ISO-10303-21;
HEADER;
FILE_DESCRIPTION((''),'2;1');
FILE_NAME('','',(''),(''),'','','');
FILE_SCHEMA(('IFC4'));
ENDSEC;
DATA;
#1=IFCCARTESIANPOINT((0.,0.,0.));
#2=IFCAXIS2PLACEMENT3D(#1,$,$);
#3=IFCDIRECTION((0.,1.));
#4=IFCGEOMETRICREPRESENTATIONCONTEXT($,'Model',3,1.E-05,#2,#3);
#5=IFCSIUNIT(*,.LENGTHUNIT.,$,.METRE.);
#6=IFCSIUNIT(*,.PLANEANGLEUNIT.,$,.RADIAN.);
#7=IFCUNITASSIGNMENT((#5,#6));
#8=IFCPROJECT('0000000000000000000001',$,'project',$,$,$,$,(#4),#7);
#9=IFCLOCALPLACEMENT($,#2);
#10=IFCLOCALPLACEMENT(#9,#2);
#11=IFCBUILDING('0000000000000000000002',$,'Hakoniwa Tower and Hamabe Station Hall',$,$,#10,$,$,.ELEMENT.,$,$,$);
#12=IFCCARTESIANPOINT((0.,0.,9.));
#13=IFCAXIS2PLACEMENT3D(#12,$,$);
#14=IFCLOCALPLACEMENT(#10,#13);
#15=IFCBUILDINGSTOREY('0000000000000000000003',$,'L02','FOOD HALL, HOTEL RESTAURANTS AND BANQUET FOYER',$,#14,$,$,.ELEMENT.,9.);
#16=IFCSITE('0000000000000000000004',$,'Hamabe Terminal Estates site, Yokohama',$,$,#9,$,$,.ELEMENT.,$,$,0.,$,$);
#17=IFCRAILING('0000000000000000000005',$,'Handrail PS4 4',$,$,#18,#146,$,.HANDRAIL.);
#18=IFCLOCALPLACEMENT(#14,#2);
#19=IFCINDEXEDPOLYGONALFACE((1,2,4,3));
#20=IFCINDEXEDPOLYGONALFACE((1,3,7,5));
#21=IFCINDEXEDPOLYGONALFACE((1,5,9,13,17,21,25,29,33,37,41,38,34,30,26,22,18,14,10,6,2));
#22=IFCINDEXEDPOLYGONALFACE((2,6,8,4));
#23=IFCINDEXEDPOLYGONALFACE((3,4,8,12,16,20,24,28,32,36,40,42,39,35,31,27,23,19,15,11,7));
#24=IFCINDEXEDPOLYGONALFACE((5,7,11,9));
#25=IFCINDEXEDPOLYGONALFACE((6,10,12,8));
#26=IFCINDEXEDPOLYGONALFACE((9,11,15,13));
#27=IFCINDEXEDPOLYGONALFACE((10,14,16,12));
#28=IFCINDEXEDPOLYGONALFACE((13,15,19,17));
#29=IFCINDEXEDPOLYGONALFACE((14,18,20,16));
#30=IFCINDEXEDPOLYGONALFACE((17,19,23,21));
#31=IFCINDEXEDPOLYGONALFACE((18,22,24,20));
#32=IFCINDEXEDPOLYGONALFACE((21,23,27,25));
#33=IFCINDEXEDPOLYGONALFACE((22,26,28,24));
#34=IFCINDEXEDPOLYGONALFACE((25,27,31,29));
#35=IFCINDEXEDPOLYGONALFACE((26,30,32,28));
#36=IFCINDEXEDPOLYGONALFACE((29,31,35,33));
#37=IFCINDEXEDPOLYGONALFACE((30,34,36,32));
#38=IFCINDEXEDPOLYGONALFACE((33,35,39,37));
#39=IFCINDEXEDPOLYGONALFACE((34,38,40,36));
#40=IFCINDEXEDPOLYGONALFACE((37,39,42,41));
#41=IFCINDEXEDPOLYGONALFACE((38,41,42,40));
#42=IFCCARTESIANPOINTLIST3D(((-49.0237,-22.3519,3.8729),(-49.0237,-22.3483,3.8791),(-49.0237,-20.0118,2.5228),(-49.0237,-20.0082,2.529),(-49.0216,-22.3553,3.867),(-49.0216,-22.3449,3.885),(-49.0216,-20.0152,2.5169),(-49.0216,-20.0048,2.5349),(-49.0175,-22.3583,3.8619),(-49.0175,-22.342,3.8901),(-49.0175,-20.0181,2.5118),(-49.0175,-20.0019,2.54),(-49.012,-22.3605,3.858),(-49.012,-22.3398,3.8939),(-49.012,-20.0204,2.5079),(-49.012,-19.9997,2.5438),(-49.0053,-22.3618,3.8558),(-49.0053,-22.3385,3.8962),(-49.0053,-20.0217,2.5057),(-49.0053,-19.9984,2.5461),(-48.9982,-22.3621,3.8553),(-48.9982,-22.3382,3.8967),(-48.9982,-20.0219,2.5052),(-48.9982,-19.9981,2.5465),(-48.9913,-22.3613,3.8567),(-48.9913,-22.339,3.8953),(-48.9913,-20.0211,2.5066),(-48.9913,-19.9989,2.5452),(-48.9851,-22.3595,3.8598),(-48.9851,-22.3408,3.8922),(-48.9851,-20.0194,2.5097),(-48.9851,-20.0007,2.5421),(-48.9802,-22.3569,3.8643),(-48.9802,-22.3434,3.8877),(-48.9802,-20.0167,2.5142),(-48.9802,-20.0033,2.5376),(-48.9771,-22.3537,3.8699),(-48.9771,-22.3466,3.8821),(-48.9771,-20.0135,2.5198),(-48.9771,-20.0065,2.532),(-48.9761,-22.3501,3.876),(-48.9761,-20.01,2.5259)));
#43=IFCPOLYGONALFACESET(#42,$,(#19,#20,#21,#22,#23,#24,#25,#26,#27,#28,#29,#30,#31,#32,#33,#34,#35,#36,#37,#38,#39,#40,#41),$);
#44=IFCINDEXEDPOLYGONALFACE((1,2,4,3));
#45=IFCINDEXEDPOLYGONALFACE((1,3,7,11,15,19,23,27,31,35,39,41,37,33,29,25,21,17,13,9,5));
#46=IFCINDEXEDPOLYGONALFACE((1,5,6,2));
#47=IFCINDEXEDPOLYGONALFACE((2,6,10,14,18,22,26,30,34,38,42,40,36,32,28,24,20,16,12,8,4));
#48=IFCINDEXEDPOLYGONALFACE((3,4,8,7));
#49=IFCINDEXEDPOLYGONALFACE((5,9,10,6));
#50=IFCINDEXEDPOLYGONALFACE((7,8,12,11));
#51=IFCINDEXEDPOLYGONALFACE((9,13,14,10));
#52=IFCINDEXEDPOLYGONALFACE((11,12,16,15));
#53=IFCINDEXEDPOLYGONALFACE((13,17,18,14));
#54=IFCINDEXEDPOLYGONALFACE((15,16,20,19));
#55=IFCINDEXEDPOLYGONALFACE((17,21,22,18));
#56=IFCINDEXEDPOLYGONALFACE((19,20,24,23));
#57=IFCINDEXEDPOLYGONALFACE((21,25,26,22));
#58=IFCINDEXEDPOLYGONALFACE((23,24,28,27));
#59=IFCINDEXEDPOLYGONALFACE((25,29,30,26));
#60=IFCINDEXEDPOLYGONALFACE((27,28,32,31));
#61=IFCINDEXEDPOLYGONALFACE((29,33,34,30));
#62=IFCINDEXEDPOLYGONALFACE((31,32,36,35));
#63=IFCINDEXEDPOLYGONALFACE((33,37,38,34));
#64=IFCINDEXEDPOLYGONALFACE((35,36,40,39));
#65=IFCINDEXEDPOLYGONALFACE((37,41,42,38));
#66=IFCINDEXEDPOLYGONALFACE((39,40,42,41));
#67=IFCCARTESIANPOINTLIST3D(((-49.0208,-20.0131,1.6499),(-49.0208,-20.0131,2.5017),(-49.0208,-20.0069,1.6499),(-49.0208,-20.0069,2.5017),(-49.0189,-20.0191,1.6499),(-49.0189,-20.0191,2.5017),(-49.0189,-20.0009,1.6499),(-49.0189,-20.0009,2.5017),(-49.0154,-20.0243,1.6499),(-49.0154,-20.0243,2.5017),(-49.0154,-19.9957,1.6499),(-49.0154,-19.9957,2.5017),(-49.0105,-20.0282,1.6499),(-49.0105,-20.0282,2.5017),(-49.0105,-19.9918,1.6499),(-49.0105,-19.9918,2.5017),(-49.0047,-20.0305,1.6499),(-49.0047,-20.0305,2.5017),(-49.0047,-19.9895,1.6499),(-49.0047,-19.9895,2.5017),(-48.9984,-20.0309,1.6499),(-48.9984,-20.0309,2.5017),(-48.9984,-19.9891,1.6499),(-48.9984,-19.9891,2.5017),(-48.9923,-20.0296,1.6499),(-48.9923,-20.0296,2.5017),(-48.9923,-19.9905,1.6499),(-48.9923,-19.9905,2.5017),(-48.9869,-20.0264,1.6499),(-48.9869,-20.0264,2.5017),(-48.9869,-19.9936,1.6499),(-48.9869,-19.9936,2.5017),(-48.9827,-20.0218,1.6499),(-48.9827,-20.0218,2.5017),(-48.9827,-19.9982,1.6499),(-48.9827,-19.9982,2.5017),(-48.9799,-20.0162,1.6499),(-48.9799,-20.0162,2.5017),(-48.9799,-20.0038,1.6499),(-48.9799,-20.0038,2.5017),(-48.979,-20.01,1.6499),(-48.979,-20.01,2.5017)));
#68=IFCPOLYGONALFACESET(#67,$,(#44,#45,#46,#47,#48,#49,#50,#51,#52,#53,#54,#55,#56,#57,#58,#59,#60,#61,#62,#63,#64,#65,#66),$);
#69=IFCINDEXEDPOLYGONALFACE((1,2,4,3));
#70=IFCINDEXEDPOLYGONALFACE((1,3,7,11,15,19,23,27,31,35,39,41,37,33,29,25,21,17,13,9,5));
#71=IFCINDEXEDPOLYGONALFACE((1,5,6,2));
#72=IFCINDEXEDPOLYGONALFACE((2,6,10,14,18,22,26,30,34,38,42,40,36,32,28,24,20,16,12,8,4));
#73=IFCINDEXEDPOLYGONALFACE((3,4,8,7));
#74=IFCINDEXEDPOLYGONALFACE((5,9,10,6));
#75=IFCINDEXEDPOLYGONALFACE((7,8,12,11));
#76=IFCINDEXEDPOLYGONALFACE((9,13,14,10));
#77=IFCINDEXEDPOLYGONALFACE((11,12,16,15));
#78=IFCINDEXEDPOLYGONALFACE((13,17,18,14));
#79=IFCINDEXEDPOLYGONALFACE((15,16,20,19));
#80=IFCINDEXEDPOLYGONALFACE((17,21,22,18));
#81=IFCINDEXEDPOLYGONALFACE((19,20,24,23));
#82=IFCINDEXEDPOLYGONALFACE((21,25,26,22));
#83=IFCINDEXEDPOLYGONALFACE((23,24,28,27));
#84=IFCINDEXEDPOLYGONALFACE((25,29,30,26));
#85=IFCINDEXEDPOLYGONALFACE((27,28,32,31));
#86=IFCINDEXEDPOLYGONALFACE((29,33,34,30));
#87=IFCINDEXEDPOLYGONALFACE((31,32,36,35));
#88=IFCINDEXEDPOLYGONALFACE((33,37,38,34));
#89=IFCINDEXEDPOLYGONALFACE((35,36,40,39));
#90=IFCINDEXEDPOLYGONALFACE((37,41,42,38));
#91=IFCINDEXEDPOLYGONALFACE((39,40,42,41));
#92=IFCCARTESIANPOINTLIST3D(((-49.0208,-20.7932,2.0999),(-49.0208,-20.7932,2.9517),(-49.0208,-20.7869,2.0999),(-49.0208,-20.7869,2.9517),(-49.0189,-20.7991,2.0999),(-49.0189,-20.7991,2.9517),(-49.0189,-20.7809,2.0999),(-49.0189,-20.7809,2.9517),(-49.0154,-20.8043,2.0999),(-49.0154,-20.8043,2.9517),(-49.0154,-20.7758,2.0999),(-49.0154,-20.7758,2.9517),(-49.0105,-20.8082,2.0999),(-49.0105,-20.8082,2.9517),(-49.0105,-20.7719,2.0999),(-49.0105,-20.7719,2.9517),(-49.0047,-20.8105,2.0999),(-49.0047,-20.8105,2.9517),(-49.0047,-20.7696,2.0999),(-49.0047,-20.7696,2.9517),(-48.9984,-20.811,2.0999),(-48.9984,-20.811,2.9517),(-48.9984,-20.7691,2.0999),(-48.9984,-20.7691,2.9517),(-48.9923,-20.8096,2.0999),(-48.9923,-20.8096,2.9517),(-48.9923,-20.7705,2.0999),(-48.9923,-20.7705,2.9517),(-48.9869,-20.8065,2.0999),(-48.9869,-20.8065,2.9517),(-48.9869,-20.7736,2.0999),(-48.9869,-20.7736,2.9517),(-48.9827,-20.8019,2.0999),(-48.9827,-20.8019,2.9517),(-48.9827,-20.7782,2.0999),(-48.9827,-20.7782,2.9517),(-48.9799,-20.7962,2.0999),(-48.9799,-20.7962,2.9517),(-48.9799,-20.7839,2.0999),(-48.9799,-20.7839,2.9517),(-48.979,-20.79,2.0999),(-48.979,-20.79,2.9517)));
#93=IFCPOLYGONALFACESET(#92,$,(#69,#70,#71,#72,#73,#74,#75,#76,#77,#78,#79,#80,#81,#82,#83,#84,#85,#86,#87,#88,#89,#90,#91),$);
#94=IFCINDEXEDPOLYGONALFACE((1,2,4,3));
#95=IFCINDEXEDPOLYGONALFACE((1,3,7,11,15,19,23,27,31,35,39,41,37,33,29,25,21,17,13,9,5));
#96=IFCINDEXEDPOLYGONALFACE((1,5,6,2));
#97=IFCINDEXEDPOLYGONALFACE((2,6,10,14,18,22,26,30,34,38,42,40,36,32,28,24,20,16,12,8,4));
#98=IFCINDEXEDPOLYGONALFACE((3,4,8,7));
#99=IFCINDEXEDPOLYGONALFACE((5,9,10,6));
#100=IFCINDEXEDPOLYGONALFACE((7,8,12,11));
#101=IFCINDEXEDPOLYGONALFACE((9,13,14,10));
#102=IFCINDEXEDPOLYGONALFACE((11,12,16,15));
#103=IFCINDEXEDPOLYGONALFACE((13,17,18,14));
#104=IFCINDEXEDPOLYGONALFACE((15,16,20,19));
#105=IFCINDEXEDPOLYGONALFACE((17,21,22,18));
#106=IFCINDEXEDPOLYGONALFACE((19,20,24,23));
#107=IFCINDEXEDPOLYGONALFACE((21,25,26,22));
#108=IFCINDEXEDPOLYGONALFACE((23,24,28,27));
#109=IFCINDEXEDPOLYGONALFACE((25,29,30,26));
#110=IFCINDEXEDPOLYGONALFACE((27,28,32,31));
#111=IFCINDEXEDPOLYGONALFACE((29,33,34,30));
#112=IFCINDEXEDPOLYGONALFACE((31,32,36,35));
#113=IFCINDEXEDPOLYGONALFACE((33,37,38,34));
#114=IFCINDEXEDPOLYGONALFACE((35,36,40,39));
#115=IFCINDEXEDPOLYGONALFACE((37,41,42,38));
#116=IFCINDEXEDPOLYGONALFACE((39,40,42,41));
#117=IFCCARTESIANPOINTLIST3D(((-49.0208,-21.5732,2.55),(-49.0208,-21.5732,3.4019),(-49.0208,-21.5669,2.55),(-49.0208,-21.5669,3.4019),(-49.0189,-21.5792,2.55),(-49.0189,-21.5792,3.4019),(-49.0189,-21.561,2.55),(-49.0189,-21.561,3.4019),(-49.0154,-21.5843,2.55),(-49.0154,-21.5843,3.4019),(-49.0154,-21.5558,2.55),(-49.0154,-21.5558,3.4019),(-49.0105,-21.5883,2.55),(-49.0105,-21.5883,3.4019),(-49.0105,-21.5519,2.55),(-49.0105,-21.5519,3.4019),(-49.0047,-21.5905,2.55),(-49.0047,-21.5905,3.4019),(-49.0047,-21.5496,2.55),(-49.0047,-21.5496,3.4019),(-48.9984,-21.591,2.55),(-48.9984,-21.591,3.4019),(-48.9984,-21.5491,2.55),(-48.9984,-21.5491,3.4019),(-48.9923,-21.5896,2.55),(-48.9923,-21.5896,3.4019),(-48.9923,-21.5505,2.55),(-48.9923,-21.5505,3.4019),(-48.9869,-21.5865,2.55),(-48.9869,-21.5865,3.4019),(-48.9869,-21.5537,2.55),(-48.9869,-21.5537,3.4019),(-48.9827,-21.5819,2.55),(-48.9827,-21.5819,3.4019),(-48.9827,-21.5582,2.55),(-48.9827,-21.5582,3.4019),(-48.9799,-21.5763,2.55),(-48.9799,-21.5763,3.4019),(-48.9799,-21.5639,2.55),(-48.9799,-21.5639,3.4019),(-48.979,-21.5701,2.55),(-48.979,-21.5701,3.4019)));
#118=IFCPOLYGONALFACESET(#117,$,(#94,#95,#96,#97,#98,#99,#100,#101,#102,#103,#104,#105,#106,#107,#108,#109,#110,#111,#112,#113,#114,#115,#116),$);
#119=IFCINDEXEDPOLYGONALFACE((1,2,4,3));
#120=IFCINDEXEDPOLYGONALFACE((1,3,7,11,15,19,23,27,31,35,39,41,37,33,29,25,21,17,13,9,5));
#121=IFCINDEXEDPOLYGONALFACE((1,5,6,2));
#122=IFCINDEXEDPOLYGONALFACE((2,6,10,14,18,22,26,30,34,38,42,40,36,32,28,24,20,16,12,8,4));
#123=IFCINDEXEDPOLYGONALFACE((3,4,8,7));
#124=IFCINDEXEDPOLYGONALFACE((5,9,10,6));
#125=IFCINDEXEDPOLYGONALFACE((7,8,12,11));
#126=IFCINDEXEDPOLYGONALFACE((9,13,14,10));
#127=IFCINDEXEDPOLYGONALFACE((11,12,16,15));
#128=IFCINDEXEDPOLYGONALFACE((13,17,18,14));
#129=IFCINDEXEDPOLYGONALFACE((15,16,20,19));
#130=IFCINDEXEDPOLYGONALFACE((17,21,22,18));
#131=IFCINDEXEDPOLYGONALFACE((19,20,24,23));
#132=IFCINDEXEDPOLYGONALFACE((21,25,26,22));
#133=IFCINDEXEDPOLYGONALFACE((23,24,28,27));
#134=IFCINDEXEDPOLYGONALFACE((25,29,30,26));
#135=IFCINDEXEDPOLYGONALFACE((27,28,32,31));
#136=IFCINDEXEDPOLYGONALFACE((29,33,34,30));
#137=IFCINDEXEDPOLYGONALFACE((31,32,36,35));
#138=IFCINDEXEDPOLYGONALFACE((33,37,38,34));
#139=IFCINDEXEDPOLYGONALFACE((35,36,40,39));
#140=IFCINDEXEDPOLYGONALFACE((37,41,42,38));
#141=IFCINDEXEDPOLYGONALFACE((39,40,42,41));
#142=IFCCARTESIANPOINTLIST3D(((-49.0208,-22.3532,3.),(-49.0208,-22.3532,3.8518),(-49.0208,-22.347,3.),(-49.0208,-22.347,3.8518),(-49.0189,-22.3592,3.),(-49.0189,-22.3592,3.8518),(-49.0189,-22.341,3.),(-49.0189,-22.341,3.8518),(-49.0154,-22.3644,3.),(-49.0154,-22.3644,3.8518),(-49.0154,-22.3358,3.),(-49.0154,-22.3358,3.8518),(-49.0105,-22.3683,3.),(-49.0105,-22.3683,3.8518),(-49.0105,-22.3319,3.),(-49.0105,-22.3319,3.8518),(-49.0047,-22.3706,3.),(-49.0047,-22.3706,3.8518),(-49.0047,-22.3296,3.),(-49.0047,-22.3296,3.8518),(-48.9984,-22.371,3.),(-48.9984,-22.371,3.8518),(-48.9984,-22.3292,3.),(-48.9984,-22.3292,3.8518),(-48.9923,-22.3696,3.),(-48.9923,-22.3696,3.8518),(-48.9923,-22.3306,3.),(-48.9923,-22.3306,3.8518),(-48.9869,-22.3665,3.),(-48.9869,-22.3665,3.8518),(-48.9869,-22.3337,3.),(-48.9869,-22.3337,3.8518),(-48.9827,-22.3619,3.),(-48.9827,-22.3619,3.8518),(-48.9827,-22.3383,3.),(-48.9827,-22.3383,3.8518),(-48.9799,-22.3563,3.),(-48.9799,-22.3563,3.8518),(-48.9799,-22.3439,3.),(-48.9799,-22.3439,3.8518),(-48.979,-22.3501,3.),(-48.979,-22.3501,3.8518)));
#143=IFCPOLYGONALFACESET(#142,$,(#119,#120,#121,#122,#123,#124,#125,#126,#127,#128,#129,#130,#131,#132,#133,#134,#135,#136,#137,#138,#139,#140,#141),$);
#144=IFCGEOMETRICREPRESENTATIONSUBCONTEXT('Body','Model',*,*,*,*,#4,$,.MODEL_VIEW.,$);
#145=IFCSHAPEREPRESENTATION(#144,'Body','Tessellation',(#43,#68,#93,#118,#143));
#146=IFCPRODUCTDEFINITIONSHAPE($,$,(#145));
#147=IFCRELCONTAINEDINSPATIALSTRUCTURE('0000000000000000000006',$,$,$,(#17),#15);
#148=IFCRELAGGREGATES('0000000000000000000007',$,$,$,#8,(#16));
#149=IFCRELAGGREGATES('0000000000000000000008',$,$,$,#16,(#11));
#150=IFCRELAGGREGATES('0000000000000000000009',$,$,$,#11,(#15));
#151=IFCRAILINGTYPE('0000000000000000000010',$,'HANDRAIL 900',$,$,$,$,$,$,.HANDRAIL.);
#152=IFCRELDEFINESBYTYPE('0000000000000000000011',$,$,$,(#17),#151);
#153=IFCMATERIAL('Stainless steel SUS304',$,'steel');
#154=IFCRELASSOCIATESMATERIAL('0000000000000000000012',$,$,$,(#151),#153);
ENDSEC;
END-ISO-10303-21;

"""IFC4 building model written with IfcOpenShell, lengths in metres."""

from ifc_helpers import new_model, si_unit, direction, frame, origin, origin_2d, place, context, subcontext, project, spatial, circle, extrude, material, type_object, element, save


model = new_model("IFC4")

# Units and contexts
model_context = context("Model", 3, precision=1e-05, world=origin(), true_north=direction((0.0, 1.0)))
body_context = subcontext(model_context, "Body", "Model", "MODEL_VIEW")
ifc_project = project(units=[si_unit("LENGTHUNIT", "METRE"), si_unit("PLANEANGLEUNIT", "RADIAN")], contexts=[model_context])

# Site, building, storey
site_placement = place(None, origin())
site = spatial("IfcSite", under=ifc_project, at=site_placement, Name="Hamabe Terminal Estates site, Yokohama", CompositionType="ELEMENT", RefElevation=0.0)
building_placement = place(site_placement, origin())
building = spatial("IfcBuilding", under=site, at=building_placement, Name="Hakoniwa Tower and Hamabe Station Hall", CompositionType="ELEMENT")
storey_placement = place(building_placement, frame((0.0, 0.0, 9.0)))
storey = spatial("IfcBuildingStorey", under=building, at=storey_placement, Name="L02", Description="FOOD HALL, HOTEL RESTAURANTS AND BANQUET FOYER", CompositionType="ELEMENT", Elevation=9.0)

# Railing
ifc_material_1 = material(Name="Stainless steel SUS304", Category="steel")
railing_type_1 = type_object("IfcRailingType", Name="HANDRAIL 900", PredefinedType="HANDRAIL", material=ifc_material_1)
for number, where, name in (
    (1, (-49.0, -20.01, 1.6499), "Handrail PS4 4"),
):
    element("IfcRailing", number, at=place(storey_placement, frame(where)), inside=storey, type_object=railing_type_1, Name=name, PredefinedType="HANDRAIL", context=body_context, shape_type="SweptSolid", body=[
        extrude(circle(Radius=0.0239, at=origin_2d()), frame((0.0, 0.0, 0.876), z_axis=(0.0, -0.866178, 0.499735), x_axis=(1.0, 0.0, 0.0)), (0.0, 0.0, 1.0), 2.7017),
        extrude(circle(Radius=0.021, at=origin_2d()), origin(), (0.0, 0.0, 1.0), 0.8518),
        extrude(circle(Radius=0.021, at=origin_2d()), frame((0.0, -0.78, 0.45)), (0.0, 0.0, 1.0), 0.8518),
        extrude(circle(Radius=0.021, at=origin_2d()), frame((0.0, -1.5601, 0.9001)), (0.0, 0.0, 1.0), 0.8518),
        extrude(circle(Radius=0.021, at=origin_2d()), frame((0.0, -2.3401, 1.3501)), (0.0, 0.0, 1.0), 0.8518),
    ])

save(model, "model.ifc")
